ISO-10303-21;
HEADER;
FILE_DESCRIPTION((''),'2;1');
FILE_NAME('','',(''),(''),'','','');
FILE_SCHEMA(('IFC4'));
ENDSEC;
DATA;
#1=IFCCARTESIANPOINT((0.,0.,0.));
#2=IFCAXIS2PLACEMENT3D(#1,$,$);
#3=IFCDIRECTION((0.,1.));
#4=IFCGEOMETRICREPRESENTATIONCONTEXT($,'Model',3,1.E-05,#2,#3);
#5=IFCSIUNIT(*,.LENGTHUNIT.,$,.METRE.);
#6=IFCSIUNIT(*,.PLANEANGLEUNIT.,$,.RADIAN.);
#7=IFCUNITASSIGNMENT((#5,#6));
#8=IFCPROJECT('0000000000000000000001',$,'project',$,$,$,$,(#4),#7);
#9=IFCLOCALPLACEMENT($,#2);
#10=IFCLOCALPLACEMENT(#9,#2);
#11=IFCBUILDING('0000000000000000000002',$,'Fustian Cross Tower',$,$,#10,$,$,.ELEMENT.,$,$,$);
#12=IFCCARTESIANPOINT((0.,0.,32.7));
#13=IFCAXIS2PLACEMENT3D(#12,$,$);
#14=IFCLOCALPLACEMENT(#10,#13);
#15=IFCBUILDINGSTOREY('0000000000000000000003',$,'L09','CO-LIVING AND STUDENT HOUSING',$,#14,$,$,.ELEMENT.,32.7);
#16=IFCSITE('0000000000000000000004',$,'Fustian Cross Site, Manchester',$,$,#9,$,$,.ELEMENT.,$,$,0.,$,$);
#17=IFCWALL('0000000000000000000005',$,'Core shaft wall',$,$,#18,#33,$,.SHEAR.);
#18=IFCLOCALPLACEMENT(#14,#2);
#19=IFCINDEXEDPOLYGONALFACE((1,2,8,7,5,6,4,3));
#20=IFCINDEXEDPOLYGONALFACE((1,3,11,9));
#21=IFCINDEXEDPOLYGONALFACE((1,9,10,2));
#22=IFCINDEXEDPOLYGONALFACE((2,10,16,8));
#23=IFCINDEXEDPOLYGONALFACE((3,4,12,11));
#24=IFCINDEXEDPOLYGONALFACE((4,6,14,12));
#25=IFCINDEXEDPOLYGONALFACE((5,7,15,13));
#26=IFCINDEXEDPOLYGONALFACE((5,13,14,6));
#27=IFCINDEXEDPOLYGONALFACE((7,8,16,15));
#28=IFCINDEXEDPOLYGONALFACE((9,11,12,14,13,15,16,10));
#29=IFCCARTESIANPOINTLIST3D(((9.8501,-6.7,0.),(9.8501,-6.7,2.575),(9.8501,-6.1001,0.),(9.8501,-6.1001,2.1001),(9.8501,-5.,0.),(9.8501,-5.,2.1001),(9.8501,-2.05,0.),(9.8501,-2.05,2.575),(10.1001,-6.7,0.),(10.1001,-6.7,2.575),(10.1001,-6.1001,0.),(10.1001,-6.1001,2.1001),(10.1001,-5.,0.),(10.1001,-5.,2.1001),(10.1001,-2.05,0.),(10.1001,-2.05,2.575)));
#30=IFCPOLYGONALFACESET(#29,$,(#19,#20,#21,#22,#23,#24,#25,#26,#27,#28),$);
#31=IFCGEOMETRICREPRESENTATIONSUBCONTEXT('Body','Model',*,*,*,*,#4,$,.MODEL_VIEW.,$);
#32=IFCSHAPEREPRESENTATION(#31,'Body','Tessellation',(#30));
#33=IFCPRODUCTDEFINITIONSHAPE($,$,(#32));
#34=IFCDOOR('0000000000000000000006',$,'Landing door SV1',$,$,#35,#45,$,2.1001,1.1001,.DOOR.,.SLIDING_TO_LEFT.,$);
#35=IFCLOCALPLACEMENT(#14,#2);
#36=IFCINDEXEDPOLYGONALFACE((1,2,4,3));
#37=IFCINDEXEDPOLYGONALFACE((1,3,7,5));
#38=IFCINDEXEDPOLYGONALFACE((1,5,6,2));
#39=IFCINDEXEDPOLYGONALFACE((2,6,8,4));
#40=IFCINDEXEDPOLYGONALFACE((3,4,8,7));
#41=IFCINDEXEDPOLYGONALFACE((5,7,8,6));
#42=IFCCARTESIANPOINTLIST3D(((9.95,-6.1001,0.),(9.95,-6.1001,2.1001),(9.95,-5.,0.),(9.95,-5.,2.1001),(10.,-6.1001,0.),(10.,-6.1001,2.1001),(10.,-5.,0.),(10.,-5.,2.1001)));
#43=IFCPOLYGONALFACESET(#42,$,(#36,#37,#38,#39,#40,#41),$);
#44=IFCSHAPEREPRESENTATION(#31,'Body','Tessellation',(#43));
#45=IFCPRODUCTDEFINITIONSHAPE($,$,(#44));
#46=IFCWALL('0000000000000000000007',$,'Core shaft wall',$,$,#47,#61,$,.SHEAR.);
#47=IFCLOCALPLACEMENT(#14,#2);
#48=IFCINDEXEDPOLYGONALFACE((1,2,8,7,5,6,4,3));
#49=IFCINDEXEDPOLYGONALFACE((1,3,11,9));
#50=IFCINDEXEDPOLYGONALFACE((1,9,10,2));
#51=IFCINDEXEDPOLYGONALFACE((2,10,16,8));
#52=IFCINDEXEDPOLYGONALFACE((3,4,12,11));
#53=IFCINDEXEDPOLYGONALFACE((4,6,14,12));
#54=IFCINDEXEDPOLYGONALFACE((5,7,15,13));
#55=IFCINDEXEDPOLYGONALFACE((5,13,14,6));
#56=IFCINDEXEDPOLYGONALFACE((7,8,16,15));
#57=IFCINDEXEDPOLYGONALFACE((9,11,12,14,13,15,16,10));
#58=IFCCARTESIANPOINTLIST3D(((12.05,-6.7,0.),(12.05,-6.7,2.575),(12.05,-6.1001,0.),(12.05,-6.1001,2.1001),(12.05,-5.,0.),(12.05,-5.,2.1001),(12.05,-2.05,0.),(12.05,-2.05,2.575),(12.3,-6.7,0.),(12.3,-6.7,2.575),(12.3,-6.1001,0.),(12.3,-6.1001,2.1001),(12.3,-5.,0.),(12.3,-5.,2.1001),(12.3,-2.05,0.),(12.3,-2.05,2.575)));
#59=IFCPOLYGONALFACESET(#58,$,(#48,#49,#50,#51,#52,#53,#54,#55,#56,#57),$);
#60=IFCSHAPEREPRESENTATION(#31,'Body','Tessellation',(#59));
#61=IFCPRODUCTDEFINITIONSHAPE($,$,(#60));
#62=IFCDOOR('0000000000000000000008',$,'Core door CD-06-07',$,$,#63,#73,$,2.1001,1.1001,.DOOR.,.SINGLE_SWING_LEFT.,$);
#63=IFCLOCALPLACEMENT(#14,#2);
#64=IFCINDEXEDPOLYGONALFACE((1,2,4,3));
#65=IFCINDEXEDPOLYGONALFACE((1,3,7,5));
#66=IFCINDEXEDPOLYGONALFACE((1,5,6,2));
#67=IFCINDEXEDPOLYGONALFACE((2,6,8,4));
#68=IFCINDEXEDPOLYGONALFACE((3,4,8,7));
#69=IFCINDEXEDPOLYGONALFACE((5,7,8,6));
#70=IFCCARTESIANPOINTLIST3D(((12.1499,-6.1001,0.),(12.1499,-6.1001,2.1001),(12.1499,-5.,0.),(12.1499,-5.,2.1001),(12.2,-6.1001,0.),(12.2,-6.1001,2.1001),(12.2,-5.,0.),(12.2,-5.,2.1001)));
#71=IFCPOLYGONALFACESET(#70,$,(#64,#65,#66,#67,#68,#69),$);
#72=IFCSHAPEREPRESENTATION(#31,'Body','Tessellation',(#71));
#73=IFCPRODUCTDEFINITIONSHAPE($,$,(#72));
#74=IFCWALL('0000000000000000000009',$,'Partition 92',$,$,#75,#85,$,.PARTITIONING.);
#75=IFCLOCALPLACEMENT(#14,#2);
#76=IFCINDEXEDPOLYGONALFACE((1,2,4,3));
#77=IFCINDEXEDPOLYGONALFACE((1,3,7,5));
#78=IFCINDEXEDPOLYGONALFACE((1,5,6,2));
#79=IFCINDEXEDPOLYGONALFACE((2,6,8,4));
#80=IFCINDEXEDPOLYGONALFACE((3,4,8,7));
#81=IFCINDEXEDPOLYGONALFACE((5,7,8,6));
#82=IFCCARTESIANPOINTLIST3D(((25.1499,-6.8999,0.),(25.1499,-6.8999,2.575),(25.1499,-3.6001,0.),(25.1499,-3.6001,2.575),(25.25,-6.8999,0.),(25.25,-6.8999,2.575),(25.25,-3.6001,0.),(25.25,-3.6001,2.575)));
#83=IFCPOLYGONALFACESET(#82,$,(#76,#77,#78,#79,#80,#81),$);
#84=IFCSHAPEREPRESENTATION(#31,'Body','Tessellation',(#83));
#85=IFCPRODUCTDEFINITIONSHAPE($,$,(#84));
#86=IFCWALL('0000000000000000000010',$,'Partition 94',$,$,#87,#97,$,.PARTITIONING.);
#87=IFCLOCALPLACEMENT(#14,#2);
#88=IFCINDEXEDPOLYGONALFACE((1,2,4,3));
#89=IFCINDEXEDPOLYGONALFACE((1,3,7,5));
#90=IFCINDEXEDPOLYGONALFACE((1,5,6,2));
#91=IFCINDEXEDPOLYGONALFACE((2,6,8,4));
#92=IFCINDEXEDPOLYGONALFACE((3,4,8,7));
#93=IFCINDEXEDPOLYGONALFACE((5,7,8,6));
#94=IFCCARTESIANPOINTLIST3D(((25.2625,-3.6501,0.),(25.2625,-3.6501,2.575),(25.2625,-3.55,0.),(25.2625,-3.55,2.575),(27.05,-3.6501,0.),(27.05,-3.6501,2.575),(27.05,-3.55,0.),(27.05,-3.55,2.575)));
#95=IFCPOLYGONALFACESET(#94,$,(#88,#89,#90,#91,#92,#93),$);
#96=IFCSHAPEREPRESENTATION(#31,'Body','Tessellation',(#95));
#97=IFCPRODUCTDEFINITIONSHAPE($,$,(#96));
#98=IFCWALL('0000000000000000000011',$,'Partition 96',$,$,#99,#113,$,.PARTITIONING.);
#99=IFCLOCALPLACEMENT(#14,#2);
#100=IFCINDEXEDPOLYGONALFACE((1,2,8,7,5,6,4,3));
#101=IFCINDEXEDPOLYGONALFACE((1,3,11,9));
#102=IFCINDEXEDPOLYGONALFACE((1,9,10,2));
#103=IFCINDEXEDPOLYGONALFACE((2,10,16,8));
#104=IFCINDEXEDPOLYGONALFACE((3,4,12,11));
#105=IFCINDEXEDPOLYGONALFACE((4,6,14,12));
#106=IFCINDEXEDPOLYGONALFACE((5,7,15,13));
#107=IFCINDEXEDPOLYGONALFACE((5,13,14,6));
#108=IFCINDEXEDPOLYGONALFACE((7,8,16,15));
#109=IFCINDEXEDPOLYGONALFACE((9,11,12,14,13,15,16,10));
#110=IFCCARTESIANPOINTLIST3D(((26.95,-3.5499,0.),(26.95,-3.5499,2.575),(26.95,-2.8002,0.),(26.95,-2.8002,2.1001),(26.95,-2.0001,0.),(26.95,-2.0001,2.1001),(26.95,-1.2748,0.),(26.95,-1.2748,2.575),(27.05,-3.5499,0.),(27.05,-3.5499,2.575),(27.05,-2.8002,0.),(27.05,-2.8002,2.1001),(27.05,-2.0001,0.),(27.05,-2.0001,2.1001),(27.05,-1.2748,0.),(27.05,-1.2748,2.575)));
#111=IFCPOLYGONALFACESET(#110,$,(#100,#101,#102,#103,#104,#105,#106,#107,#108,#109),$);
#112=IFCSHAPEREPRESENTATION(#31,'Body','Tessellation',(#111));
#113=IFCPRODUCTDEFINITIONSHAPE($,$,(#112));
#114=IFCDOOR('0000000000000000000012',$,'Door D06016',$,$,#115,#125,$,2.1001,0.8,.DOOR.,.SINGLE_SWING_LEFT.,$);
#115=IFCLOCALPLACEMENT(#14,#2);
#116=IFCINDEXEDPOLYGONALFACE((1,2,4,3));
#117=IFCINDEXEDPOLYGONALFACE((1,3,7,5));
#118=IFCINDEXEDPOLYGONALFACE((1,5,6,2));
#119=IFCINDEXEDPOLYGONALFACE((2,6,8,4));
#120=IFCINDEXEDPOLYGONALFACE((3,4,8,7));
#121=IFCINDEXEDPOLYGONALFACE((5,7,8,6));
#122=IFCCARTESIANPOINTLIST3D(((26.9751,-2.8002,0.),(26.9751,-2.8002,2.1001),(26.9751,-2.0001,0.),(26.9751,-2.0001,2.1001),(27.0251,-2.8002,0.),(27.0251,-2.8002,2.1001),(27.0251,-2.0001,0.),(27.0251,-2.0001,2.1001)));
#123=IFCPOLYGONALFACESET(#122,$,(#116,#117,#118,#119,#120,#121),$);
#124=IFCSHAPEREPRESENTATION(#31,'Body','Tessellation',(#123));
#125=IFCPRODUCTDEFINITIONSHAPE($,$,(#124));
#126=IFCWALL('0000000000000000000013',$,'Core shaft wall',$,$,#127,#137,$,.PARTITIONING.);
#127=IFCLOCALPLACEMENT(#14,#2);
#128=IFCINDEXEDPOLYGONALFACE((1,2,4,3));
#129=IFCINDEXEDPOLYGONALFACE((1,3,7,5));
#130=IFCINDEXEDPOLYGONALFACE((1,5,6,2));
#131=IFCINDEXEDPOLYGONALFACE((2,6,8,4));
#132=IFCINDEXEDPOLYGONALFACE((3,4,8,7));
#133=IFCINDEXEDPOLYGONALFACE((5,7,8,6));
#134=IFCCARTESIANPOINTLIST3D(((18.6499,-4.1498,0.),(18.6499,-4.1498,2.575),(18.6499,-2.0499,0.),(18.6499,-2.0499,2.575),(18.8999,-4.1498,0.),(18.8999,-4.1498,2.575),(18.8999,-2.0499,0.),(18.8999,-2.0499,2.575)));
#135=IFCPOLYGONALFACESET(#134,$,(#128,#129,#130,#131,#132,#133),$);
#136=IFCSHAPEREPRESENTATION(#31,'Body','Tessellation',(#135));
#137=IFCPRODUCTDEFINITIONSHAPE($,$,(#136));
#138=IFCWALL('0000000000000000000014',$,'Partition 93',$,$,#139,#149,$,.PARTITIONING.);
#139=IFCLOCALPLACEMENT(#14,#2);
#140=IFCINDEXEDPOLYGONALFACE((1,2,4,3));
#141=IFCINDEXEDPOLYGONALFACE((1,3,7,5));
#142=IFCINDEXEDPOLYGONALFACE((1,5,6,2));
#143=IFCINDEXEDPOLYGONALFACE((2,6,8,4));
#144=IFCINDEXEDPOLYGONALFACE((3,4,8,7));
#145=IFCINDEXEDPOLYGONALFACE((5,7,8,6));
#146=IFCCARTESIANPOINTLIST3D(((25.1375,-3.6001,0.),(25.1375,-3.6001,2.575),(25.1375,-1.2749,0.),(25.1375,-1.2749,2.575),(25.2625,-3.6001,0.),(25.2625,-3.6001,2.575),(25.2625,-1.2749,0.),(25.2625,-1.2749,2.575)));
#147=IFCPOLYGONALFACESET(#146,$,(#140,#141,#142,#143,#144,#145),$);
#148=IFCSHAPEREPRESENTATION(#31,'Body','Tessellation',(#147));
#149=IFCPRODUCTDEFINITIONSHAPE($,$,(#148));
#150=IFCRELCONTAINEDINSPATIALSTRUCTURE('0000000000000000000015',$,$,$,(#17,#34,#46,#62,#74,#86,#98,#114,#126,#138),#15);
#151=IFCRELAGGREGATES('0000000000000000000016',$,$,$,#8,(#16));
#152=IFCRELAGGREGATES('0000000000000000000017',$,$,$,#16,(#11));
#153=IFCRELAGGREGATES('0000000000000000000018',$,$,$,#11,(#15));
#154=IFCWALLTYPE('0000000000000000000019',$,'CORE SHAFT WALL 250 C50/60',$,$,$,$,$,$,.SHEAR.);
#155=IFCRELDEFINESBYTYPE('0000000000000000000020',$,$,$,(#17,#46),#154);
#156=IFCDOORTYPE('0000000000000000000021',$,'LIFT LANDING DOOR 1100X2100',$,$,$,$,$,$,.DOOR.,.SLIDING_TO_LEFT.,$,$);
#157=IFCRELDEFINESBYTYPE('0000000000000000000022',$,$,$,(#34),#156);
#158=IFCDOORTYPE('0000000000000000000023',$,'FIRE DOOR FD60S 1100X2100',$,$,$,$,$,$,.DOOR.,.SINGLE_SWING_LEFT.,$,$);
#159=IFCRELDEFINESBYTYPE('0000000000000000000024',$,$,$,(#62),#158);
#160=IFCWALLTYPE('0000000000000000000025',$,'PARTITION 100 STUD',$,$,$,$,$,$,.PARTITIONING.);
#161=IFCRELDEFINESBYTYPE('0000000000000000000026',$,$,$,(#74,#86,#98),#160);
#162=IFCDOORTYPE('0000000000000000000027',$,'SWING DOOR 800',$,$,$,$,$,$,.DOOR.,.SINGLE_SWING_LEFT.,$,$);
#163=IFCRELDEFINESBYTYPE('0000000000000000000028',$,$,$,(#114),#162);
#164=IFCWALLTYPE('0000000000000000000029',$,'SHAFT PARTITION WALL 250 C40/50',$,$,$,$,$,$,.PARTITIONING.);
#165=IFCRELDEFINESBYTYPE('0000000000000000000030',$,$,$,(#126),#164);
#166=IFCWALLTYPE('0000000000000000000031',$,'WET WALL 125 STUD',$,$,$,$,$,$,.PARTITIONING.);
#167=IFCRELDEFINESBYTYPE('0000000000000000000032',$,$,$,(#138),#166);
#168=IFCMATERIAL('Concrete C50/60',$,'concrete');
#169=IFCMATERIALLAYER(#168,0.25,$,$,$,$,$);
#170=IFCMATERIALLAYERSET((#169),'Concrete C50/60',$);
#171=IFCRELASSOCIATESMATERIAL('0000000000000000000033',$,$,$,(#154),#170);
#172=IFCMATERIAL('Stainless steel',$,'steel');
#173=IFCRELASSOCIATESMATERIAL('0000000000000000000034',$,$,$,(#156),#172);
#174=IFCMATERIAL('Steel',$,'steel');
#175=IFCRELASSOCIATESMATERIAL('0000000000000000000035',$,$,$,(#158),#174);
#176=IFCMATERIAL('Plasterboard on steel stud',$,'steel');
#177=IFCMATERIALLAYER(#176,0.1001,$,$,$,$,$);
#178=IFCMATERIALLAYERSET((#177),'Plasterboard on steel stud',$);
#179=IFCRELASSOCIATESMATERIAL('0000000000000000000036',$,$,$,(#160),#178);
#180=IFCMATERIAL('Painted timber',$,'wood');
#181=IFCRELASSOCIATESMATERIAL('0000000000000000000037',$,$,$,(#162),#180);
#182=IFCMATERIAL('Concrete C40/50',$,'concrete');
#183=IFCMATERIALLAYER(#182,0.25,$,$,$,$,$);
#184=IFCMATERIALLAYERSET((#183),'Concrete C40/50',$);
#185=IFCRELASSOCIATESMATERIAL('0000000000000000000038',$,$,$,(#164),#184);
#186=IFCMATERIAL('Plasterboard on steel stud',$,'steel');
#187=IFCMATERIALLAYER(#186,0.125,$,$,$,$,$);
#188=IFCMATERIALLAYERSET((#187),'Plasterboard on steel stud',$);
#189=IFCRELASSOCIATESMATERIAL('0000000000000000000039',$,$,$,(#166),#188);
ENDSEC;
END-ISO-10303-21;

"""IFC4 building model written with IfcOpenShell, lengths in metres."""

from ifc_helpers import new_model, si_unit, direction, frame, frame_2d, origin, place, context, subcontext, project, spatial, rectangle, extrude, material, layer, layer_set, type_object, element, fill, save


model = new_model("IFC4")

# Units and contexts
model_context = context("Model", 3, precision=1e-05, world=origin(), true_north=direction((0.0, 1.0)))
body_context = subcontext(model_context, "Body", "Model", "MODEL_VIEW")
ifc_project = project(units=[si_unit("LENGTHUNIT", "METRE"), si_unit("PLANEANGLEUNIT", "RADIAN")], contexts=[model_context])

# Site, building, storey
site_placement = place(None, origin())
site = spatial("IfcSite", under=ifc_project, at=site_placement, Name="Fustian Cross Site, Manchester", CompositionType="ELEMENT", RefElevation=0.0)
building_placement = place(site_placement, origin())
building = spatial("IfcBuilding", under=site, at=building_placement, Name="Fustian Cross Tower", CompositionType="ELEMENT")
storey_placement = place(building_placement, frame((0.0, 0.0, 32.7)))
storey = spatial("IfcBuildingStorey", under=building, at=storey_placement, Name="L09", Description="CO-LIVING AND STUDENT HOUSING", CompositionType="ELEMENT", Elevation=32.7)

# Shared definitions
ifc_material_1 = material(Name="Concrete C50/60", Category="concrete")
ifc_layer_1 = layer(ifc_material_1, 0.25)
ifc_layer_set_1 = layer_set([ifc_layer_1], Name="Concrete C50/60")
wall_type_1 = type_object("IfcWallType", Name="CORE SHAFT WALL 250 C50/60", PredefinedType="SHEAR", material=ifc_layer_set_1)

# Walls, openings, doors
wall_1_placement = place(storey_placement, frame((9.9751, -2.05, 0.0), z_axis=(0.0, 0.0, 1.0), x_axis=(0.0, -1.0, 0.0)))
wall_1 = element("IfcWall", 1, at=wall_1_placement, inside=storey, type_object=wall_type_1, Name="Core shaft wall", PredefinedType="SHEAR", context=body_context, shape_type="SweptSolid", body=[
    extrude(rectangle(XDim=4.6499, YDim=0.25, at=frame_2d((2.325, 0.0))), origin(), (0.0, 0.0, 1.0), 2.575),
])
opening_1_placement = place(wall_1_placement, frame((2.95, 0.0, 0.0)))
opening_1 = element("IfcOpeningElement", 2, at=opening_1_placement, cuts=wall_1, PredefinedType="OPENING", context=body_context, shape_type="SweptSolid", body=[
    extrude(rectangle(XDim=1.1001, YDim=2.1001, at=frame_2d((0.55, 1.05))), frame((0.0, 0.135, 0.0), z_axis=(0.0, -1.0, 0.0), x_axis=(1.0, 0.0, 0.0)), (0.0, 0.0, 1.0), 0.27),
])
ifc_material_2 = material(Name="Stainless steel", Category="steel")
door_type_1 = type_object("IfcDoorType", Name="LIFT LANDING DOOR 1100X2100", OperationType="SLIDING_TO_LEFT", PredefinedType="DOOR", material=ifc_material_2)
door_1_placement = place(opening_1_placement, origin())
door_1 = element("IfcDoor", 3, at=door_1_placement, inside=storey, type_object=door_type_1, Name="Landing door SV1", OperationType="SLIDING_TO_LEFT", OverallHeight=2.1001, OverallWidth=1.1001, PredefinedType="DOOR", context=body_context, shape_type="SweptSolid", body=[
    extrude(rectangle(XDim=1.1001, YDim=2.1001, at=frame_2d((0.55, 1.05))), frame((0.0, 0.0249, 0.0), z_axis=(0.0, -1.0, 0.0), x_axis=(1.0, 0.0, 0.0)), (0.0, 0.0, 1.0), 0.05),
])
fill(opening_1, door_1)
wall_2_placement = place(storey_placement, frame((12.175, -2.05, 0.0), z_axis=(0.0, 0.0, 1.0), x_axis=(0.0, -1.0, 0.0)))
wall_2 = element("IfcWall", 4, at=wall_2_placement, inside=storey, type_object=wall_type_1, Name="Core shaft wall", PredefinedType="SHEAR", context=body_context, shape_type="SweptSolid", body=[
    extrude(rectangle(XDim=4.6499, YDim=0.25, at=frame_2d((2.325, 0.0))), origin(), (0.0, 0.0, 1.0), 2.575),
])
opening_2_placement = place(wall_2_placement, frame((2.95, 0.0, 0.0)))
opening_2 = element("IfcOpeningElement", 5, at=opening_2_placement, cuts=wall_2, PredefinedType="OPENING", context=body_context, shape_type="SweptSolid", body=[
    extrude(rectangle(XDim=1.1001, YDim=2.1001, at=frame_2d((0.55, 1.05))), frame((0.0, 0.135, 0.0), z_axis=(0.0, -1.0, 0.0), x_axis=(1.0, 0.0, 0.0)), (0.0, 0.0, 1.0), 0.27),
])
ifc_material_3 = material(Name="Steel", Category="steel")
door_type_2 = type_object("IfcDoorType", Name="FIRE DOOR FD60S 1100X2100", OperationType="SINGLE_SWING_LEFT", PredefinedType="DOOR", material=ifc_material_3)
door_2_placement = place(opening_2_placement, origin())
door_2 = element("IfcDoor", 6, at=door_2_placement, inside=storey, type_object=door_type_2, Name="Core door CD-06-07", OperationType="SINGLE_SWING_LEFT", OverallHeight=2.1001, OverallWidth=1.1001, PredefinedType="DOOR", context=body_context, shape_type="SweptSolid", body=[
    extrude(rectangle(XDim=1.1001, YDim=2.1001, at=frame_2d((0.55, 1.05))), frame((0.0, 0.0249, 0.0), z_axis=(0.0, -1.0, 0.0), x_axis=(1.0, 0.0, 0.0)), (0.0, 0.0, 1.0), 0.05),
])
fill(opening_2, door_2)

# Walls
ifc_material_4 = material(Name="Plasterboard on steel stud", Category="steel")
ifc_layer_2 = layer(ifc_material_4, 0.1001)
ifc_layer_set_2 = layer_set([ifc_layer_2], Name="Plasterboard on steel stud")
wall_type_2 = type_object("IfcWallType", Name="PARTITION 100 STUD", PredefinedType="PARTITIONING", material=ifc_layer_set_2)
wall_3_placement = place(storey_placement, frame((25.2, -6.8999, 0.0), z_axis=(0.0, 0.0, 1.0), x_axis=(0.0, 1.0, 0.0)))
element("IfcWall", 7, at=wall_3_placement, inside=storey, type_object=wall_type_2, Name="Partition 92", PredefinedType="PARTITIONING", context=body_context, shape_type="SweptSolid", body=[
    extrude(rectangle(XDim=3.2998, YDim=0.1001, at=frame_2d((1.6499, 0.0))), origin(), (0.0, 0.0, 1.0), 2.575),
])
wall_4_placement = place(storey_placement, frame((25.2625, -3.6001, 0.0), z_axis=(0.0, 0.0, 1.0), x_axis=(1.0, 0.0, 0.0)))
element("IfcWall", 8, at=wall_4_placement, inside=storey, type_object=wall_type_2, Name="Partition 94", PredefinedType="PARTITIONING", context=body_context, shape_type="SweptSolid", body=[
    extrude(rectangle(XDim=1.7876, YDim=0.1001, at=frame_2d((0.8938, 0.0))), origin(), (0.0, 0.0, 1.0), 2.575),
])

# Wall, opening, door
wall_5_placement = place(storey_placement, frame((27.0, -3.55, 0.0), z_axis=(0.0, 0.0, 1.0), x_axis=(0.0, 1.0, 0.0)))
wall_5 = element("IfcWall", 9, at=wall_5_placement, inside=storey, type_object=wall_type_2, Name="Partition 96", PredefinedType="PARTITIONING", context=body_context, shape_type="SweptSolid", body=[
    extrude(rectangle(XDim=2.2751, YDim=0.1001, at=frame_2d((1.1377, 0.0))), origin(), (0.0, 0.0, 1.0), 2.575),
])
opening_3_placement = place(wall_5_placement, frame((0.75, 0.0, 0.0)))
opening_3 = element("IfcOpeningElement", 10, at=opening_3_placement, cuts=wall_5, PredefinedType="OPENING", context=body_context, shape_type="SweptSolid", body=[
    extrude(rectangle(XDim=0.8, YDim=2.1001, at=frame_2d((0.3999, 1.05))), frame((0.0, 0.0601, 0.0), z_axis=(0.0, -1.0, 0.0), x_axis=(1.0, 0.0, 0.0)), (0.0, 0.0, 1.0), 0.1201),
])
ifc_material_5 = material(Name="Painted timber", Category="wood")
door_type_3 = type_object("IfcDoorType", Name="SWING DOOR 800", OperationType="SINGLE_SWING_LEFT", PredefinedType="DOOR", material=ifc_material_5)
door_3_placement = place(opening_3_placement, origin())
door_3 = element("IfcDoor", 11, at=door_3_placement, inside=storey, type_object=door_type_3, Name="Door D06016", OperationType="SINGLE_SWING_LEFT", OverallHeight=2.1001, OverallWidth=0.8, PredefinedType="DOOR", context=body_context, shape_type="SweptSolid", body=[
    extrude(rectangle(XDim=0.8, YDim=2.1001, at=frame_2d((0.3999, 1.05))), frame((0.0, 0.0249, 0.0), z_axis=(0.0, -1.0, 0.0), x_axis=(1.0, 0.0, 0.0)), (0.0, 0.0, 1.0), 0.05),
])
fill(opening_3, door_3)

# Walls
ifc_material_6 = material(Name="Concrete C40/50", Category="concrete")
ifc_layer_3 = layer(ifc_material_6, 0.25)
ifc_layer_set_3 = layer_set([ifc_layer_3], Name="Concrete C40/50")
wall_type_3 = type_object("IfcWallType", Name="SHAFT PARTITION WALL 250 C40/50", PredefinedType="PARTITIONING", material=ifc_layer_set_3)
wall_6_placement = place(storey_placement, frame((18.7749, -2.05, 0.0), z_axis=(0.0, 0.0, 1.0), x_axis=(0.0, -1.0, 0.0)))
element("IfcWall", 12, at=wall_6_placement, inside=storey, type_object=wall_type_3, Name="Core shaft wall", PredefinedType="PARTITIONING", context=body_context, shape_type="SweptSolid", body=[
    extrude(rectangle(XDim=2.0999, YDim=0.25, at=frame_2d((1.0498, 0.0))), origin(), (0.0, 0.0, 1.0), 2.575),
])
ifc_material_7 = material(Name="Plasterboard on steel stud", Category="steel")
ifc_layer_4 = layer(ifc_material_7, 0.125)
ifc_layer_set_4 = layer_set([ifc_layer_4], Name="Plasterboard on steel stud")
wall_type_4 = type_object("IfcWallType", Name="WET WALL 125 STUD", PredefinedType="PARTITIONING", material=ifc_layer_set_4)
wall_7_placement = place(storey_placement, frame((25.2, -3.6001, 0.0), z_axis=(0.0, 0.0, 1.0), x_axis=(0.0, 1.0, 0.0)))
element("IfcWall", 13, at=wall_7_placement, inside=storey, type_object=wall_type_4, Name="Partition 93", PredefinedType="PARTITIONING", context=body_context, shape_type="SweptSolid", body=[
    extrude(rectangle(XDim=2.3252, YDim=0.125, at=frame_2d((1.1626, 0.0))), origin(), (0.0, 0.0, 1.0), 2.575),
])

save(model, "model.ifc")
